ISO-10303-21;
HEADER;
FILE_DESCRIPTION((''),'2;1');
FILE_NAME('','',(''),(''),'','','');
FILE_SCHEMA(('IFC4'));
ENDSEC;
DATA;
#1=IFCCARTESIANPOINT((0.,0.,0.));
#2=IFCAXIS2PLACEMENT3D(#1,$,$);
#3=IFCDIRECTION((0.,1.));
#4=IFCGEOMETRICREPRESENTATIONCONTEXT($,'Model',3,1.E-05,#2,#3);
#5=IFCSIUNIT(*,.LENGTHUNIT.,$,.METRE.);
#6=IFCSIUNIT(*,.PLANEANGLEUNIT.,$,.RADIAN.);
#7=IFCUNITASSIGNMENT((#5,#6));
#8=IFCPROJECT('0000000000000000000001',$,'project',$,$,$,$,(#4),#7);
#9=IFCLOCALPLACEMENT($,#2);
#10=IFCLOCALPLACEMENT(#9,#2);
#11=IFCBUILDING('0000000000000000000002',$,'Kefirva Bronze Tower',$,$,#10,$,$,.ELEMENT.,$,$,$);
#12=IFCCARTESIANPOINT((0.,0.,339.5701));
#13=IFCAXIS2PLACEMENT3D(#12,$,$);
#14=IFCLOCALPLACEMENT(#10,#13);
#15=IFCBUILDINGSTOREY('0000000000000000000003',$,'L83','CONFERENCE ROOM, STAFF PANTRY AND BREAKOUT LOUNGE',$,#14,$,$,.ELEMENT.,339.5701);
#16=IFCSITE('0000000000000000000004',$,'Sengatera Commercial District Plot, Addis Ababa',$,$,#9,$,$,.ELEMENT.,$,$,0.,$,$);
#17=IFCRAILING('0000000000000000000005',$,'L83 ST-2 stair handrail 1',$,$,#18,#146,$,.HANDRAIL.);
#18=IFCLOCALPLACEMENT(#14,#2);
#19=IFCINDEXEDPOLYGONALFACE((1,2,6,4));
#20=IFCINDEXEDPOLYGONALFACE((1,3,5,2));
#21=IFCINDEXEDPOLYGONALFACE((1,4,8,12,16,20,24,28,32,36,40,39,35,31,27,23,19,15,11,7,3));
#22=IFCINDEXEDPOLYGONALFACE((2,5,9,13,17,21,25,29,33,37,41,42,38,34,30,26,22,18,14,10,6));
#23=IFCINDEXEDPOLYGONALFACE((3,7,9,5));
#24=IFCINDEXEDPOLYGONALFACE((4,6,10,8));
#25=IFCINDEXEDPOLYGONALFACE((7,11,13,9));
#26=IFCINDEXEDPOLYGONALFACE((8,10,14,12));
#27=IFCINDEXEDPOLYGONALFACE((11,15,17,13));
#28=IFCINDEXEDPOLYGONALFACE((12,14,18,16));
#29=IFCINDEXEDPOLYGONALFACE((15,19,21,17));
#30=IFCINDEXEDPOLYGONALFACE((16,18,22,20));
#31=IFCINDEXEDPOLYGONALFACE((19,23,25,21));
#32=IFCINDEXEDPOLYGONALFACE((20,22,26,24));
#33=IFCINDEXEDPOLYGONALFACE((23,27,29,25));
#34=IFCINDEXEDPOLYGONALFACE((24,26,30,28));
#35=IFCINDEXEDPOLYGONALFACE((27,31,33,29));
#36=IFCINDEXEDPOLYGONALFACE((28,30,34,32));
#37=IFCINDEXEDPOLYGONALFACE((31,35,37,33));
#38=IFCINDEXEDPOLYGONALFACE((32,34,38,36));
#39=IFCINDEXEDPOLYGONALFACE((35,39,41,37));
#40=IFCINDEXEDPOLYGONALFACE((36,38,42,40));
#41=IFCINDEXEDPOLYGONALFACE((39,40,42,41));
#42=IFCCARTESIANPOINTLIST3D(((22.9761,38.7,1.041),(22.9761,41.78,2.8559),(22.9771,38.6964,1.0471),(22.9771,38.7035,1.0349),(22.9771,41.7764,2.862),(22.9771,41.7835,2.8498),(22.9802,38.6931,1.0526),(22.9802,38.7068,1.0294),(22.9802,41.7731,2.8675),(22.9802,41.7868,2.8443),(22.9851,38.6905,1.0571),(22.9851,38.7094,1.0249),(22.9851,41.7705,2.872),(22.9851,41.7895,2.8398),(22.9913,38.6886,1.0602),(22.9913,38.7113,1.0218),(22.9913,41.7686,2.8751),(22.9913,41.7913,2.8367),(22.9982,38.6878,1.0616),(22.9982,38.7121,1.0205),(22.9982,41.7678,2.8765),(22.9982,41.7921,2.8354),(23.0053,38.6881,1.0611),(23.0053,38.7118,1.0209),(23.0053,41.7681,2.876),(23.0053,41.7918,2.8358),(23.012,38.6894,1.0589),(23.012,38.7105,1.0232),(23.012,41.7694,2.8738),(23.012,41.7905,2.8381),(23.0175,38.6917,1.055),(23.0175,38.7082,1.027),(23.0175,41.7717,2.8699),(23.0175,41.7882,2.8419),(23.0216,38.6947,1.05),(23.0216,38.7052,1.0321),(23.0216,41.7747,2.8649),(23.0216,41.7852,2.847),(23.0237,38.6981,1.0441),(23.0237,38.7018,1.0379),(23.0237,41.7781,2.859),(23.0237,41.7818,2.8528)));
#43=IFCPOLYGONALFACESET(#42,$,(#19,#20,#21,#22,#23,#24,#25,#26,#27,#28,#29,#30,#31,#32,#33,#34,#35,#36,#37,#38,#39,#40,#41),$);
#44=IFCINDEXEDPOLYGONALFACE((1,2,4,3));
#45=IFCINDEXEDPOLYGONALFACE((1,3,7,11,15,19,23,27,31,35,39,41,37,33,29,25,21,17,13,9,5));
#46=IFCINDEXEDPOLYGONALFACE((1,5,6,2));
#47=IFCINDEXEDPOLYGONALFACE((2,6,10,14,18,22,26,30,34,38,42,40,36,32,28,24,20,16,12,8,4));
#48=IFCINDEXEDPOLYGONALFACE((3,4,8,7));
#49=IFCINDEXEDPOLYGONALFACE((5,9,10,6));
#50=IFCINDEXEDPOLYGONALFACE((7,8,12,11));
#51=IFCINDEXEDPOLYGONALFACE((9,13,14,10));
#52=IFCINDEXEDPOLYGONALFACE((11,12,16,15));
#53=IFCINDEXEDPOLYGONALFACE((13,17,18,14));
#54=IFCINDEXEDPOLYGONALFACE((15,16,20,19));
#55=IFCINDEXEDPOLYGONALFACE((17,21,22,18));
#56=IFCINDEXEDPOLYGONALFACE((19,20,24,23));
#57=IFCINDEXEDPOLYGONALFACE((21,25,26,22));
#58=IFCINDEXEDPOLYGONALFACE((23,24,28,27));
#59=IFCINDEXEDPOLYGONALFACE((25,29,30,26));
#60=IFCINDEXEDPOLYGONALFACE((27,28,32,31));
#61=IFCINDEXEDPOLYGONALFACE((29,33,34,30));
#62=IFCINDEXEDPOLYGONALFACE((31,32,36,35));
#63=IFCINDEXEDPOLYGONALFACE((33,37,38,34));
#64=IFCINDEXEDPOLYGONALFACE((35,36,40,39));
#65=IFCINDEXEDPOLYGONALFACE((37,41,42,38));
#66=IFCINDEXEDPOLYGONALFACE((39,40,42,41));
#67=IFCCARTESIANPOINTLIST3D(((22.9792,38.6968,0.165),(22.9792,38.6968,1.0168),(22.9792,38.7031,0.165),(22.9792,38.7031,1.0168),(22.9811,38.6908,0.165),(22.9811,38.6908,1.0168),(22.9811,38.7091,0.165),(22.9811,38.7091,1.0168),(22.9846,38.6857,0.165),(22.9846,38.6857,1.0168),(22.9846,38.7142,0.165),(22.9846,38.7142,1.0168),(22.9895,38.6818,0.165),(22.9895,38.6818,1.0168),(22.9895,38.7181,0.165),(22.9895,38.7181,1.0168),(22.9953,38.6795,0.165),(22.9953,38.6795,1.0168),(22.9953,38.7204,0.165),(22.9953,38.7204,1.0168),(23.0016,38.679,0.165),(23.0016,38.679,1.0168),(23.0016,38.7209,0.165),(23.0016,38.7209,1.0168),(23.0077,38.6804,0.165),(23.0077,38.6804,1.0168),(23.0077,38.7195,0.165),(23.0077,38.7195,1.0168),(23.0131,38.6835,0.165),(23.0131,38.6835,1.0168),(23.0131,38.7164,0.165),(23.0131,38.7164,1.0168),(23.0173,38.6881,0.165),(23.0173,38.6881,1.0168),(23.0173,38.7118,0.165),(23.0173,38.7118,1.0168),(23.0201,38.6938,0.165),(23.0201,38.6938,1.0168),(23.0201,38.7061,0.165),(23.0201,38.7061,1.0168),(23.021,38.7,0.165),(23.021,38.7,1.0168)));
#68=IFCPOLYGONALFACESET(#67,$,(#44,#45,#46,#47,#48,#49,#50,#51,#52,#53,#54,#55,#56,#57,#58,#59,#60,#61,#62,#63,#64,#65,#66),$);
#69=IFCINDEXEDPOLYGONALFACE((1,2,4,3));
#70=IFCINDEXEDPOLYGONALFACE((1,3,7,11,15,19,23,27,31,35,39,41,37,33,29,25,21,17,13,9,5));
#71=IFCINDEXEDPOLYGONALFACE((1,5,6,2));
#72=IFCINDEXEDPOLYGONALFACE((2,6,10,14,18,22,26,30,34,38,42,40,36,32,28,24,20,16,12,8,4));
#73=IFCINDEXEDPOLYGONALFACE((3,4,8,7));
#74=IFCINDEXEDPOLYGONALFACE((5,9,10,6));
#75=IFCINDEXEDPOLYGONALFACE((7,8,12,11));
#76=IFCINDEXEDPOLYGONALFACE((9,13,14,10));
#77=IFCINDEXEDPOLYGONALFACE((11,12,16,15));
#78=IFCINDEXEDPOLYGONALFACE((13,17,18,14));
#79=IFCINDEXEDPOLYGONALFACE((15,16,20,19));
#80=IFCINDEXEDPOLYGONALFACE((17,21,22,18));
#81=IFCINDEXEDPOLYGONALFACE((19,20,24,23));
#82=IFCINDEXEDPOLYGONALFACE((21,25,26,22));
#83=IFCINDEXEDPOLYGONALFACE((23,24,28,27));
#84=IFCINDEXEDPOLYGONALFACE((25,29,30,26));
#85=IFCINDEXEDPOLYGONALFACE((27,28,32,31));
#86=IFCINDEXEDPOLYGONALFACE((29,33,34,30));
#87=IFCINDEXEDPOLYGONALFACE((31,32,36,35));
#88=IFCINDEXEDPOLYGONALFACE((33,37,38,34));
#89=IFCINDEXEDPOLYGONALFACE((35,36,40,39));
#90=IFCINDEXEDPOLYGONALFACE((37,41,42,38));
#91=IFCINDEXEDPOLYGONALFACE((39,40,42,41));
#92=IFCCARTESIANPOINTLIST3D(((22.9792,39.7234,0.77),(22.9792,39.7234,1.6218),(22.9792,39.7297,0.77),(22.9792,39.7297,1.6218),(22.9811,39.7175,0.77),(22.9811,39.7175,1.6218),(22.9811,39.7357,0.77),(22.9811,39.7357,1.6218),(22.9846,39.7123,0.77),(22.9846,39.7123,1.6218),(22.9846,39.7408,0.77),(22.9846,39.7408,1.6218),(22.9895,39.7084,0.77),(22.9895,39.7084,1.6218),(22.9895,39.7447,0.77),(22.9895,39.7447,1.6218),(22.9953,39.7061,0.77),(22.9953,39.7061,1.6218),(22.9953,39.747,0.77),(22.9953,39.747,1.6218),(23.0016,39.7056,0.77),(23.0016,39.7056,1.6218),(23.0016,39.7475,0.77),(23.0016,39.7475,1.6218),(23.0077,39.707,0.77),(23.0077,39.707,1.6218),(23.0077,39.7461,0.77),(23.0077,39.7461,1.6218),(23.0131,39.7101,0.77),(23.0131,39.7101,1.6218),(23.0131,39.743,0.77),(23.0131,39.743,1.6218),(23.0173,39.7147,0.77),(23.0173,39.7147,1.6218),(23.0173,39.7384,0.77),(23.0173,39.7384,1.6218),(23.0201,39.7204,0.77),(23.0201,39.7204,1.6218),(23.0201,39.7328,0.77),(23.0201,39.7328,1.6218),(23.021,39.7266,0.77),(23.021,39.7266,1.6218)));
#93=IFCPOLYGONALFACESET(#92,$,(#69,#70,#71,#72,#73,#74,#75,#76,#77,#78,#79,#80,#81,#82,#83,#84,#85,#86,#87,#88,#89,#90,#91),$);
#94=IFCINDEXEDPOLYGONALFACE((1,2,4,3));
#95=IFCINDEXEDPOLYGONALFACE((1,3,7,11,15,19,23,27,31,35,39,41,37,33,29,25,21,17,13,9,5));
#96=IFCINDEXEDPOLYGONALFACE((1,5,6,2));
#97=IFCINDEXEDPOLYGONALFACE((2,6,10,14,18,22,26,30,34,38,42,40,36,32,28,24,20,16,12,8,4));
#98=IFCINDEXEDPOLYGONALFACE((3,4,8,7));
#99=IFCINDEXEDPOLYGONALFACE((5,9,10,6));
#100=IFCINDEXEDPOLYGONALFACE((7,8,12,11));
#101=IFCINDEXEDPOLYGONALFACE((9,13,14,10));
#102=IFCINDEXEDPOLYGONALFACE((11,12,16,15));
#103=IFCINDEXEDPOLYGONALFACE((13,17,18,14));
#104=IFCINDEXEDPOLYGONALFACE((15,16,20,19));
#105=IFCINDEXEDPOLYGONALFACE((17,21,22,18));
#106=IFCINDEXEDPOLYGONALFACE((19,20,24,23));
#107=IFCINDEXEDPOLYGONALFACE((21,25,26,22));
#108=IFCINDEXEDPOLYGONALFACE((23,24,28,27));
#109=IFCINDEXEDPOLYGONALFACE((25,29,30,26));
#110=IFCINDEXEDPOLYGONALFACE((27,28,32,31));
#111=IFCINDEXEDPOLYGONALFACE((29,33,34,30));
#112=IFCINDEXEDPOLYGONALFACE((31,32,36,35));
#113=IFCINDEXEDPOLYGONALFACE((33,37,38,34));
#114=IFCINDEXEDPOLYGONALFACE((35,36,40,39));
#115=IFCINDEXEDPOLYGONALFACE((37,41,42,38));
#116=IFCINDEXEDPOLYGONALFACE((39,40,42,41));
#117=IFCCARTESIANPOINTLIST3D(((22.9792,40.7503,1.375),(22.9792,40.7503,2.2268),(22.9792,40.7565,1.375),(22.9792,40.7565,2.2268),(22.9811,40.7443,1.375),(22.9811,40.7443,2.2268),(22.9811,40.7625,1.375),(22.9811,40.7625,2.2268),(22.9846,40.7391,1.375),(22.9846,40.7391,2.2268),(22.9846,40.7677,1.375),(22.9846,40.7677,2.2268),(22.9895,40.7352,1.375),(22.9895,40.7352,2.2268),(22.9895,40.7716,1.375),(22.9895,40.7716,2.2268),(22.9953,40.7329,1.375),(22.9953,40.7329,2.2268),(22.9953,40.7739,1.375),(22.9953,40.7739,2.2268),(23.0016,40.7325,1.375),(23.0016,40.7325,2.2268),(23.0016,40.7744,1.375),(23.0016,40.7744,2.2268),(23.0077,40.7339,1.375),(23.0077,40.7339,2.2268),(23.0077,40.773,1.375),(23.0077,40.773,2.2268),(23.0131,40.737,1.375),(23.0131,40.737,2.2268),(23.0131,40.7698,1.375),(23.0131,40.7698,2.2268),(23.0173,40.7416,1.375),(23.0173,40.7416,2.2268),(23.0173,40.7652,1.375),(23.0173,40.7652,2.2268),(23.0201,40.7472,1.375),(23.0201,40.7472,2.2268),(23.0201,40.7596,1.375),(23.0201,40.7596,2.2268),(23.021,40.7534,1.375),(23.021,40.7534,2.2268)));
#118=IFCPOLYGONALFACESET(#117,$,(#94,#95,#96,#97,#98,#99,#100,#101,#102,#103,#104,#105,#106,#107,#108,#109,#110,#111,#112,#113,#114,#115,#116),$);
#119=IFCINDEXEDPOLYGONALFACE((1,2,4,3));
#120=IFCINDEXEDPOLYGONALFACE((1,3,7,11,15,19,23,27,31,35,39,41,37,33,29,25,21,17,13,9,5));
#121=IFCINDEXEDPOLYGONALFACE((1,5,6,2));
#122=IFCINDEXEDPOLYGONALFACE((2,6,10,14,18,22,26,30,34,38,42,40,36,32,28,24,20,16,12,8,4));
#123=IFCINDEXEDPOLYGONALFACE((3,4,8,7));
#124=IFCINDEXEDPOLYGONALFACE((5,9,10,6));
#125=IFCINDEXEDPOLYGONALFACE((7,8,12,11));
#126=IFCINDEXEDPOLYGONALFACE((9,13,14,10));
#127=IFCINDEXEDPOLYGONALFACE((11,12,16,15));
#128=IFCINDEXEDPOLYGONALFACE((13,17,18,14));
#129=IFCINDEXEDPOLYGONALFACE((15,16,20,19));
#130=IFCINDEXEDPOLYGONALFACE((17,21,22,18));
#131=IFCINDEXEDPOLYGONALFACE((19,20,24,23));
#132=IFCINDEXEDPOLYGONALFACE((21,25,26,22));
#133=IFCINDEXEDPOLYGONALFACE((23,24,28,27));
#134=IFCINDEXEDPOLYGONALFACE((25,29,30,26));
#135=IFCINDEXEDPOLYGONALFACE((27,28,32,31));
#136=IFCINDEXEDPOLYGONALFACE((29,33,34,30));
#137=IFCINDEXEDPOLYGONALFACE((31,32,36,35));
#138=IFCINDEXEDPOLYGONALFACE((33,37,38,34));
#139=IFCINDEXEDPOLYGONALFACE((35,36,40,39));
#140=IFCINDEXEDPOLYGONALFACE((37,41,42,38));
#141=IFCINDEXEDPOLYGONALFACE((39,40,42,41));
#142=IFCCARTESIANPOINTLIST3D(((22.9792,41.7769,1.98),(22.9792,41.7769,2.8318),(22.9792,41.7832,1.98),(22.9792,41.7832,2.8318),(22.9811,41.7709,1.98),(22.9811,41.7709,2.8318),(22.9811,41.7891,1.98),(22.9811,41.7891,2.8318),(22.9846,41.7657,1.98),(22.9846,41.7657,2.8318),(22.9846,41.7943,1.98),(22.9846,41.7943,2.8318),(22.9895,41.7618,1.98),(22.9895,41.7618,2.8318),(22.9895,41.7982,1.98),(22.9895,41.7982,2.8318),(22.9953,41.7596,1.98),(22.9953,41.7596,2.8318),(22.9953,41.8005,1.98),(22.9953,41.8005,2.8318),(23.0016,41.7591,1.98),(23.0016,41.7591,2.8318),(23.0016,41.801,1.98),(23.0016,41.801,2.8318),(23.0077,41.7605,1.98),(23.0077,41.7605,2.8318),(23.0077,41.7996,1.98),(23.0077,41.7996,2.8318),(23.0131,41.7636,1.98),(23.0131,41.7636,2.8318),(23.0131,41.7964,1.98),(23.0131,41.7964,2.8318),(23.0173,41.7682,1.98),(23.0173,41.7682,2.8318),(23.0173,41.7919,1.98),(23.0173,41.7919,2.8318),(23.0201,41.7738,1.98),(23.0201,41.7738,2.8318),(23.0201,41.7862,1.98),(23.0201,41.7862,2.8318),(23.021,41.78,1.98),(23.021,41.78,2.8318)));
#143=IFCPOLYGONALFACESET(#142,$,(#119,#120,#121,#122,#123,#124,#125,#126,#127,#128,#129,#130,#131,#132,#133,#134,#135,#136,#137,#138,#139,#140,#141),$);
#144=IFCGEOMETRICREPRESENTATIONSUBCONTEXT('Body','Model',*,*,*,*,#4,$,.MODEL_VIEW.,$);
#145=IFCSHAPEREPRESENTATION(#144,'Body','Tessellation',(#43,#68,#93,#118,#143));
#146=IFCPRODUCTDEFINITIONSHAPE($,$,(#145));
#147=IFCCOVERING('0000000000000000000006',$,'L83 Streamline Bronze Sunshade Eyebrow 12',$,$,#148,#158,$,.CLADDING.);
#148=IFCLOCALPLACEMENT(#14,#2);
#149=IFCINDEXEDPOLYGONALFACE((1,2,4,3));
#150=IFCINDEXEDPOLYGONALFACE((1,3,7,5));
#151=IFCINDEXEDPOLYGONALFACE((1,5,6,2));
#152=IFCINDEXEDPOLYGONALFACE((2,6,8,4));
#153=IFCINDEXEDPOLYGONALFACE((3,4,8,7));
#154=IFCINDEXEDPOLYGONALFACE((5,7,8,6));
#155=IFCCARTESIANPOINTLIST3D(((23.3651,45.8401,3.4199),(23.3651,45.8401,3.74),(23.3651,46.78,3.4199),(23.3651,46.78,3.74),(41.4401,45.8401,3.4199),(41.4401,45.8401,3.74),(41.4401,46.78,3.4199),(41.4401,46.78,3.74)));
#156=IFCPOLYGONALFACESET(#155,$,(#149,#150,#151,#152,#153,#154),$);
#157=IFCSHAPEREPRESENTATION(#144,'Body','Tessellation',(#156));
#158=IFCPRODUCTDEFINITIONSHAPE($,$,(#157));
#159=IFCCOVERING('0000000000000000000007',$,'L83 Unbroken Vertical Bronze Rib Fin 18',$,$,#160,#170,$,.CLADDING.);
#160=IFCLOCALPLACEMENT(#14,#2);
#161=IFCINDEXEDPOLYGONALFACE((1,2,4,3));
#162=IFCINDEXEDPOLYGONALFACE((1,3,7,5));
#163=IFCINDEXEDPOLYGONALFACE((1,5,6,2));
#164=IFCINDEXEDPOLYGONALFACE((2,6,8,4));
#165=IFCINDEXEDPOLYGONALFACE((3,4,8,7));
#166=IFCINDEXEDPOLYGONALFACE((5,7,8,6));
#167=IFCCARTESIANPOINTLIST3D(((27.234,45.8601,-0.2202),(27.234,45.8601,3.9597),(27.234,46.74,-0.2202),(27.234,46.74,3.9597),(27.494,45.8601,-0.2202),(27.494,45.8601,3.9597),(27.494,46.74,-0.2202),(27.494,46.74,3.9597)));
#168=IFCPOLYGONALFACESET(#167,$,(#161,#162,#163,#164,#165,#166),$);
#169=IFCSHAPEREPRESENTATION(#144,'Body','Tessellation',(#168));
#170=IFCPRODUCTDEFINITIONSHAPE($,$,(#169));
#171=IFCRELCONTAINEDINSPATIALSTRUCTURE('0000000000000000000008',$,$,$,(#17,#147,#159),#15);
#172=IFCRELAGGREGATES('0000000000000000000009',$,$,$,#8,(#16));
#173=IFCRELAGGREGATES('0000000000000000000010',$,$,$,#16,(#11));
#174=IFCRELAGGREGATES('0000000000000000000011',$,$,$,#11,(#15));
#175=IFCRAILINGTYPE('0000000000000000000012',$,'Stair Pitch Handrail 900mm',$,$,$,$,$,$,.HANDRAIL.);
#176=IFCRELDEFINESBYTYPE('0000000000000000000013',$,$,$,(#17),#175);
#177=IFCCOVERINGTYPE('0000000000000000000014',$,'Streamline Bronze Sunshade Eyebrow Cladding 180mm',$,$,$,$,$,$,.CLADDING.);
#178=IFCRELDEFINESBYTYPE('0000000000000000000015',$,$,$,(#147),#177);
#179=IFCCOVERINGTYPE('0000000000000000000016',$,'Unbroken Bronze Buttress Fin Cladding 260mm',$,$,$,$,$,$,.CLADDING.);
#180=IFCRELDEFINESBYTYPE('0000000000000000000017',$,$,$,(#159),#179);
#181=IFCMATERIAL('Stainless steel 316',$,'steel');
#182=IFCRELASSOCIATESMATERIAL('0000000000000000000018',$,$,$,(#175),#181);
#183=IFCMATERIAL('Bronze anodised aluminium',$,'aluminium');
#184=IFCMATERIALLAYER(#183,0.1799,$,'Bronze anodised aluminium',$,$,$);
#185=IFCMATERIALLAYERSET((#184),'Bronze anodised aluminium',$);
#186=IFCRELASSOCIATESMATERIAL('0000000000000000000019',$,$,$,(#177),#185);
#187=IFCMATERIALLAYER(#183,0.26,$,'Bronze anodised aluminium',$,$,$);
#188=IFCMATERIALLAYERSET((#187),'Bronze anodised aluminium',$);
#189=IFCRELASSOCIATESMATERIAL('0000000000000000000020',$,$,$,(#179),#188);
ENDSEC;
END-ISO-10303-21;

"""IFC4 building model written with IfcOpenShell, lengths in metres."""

from ifc_helpers import new_model, si_unit, direction, frame, origin, origin_2d, place, context, subcontext, project, spatial, rectangle, circle, extrude, material, layer, layer_set, type_object, element, save


model = new_model("IFC4")

# Units and contexts
model_context = context("Model", 3, precision=1e-05, world=origin(), true_north=direction((0.0, 1.0)))
body_context = subcontext(model_context, "Body", "Model", "MODEL_VIEW")
ifc_project = project(units=[si_unit("LENGTHUNIT", "METRE"), si_unit("PLANEANGLEUNIT", "RADIAN")], contexts=[model_context])

# Site, building, storey
site_placement = place(None, origin())
site = spatial("IfcSite", under=ifc_project, at=site_placement, Name="Sengatera Commercial District Plot, Addis Ababa", CompositionType="ELEMENT", RefElevation=0.0)
building_placement = place(site_placement, origin())
building = spatial("IfcBuilding", under=site, at=building_placement, Name="Kefirva Bronze Tower", CompositionType="ELEMENT")
storey_placement = place(building_placement, frame((0.0, 0.0, 339.5701)))
storey = spatial("IfcBuildingStorey", under=building, at=storey_placement, Name="L83", Description="CONFERENCE ROOM, STAFF PANTRY AND BREAKOUT LOUNGE", CompositionType="ELEMENT", Elevation=339.5701)

# Shared definitions
ifc_material_1 = material(Name="Bronze anodised aluminium", Category="aluminium")

# Railing
ifc_material_2 = material(Name="Stainless steel 316", Category="steel")
railing_type_1 = type_object("IfcRailingType", Name="Stair Pitch Handrail 900mm", PredefinedType="HANDRAIL", material=ifc_material_2)
railing_1_placement = place(storey_placement, frame((23.0, 38.7, 0.165)))
element("IfcRailing", 1, at=railing_1_placement, inside=storey, type_object=railing_type_1, Name="L83 ST-2 stair handrail 1", PredefinedType="HANDRAIL", context=body_context, shape_type="SweptSolid", body=[
    extrude(circle(Radius=0.0239, at=origin_2d()), frame((0.0, 0.0, 0.876), z_axis=(0.0, 0.861551, 0.507671), x_axis=(-1.0, 0.0, 0.0)), (0.0, 0.0, 1.0), 3.575),
    extrude(circle(Radius=0.021, at=origin_2d()), origin(), (0.0, 0.0, 1.0), 0.8518),
    extrude(circle(Radius=0.021, at=origin_2d()), frame((0.0, 1.0266, 0.605)), (0.0, 0.0, 1.0), 0.8518),
    extrude(circle(Radius=0.021, at=origin_2d()), frame((0.0, 2.0535, 1.21)), (0.0, 0.0, 1.0), 0.8518),
    extrude(circle(Radius=0.021, at=origin_2d()), frame((0.0, 3.0801, 1.8149)), (0.0, 0.0, 1.0), 0.8518),
])

# Coverings
ifc_layer_1 = layer(ifc_material_1, 0.1799, Name="Bronze anodised aluminium")
ifc_layer_set_1 = layer_set([ifc_layer_1], Name="Bronze anodised aluminium")
covering_type_1 = type_object("IfcCoveringType", Name="Streamline Bronze Sunshade Eyebrow Cladding 180mm", PredefinedType="CLADDING", material=ifc_layer_set_1)
covering_1_placement = place(storey_placement, frame((32.4026, 46.3101, 3.4199), z_axis=(0.0, 0.0, 1.0), x_axis=(-1.0, 0.0, 0.0)))
element("IfcCovering", 2, at=covering_1_placement, inside=storey, type_object=covering_type_1, Name="L83 Streamline Bronze Sunshade Eyebrow 12", PredefinedType="CLADDING", context=body_context, shape_type="SweptSolid", body=[
    extrude(rectangle(XDim=18.075, YDim=0.9399, at=origin_2d()), origin(), (0.0, 0.0, 1.0), 0.3201),
])
ifc_layer_2 = layer(ifc_material_1, 0.26, Name="Bronze anodised aluminium")
ifc_layer_set_2 = layer_set([ifc_layer_2], Name="Bronze anodised aluminium")
covering_type_2 = type_object("IfcCoveringType", Name="Unbroken Bronze Buttress Fin Cladding 260mm", PredefinedType="CLADDING", material=ifc_layer_set_2)
covering_2_placement = place(storey_placement, frame((27.364, 46.3, -0.2202), z_axis=(0.0, 0.0, 1.0), x_axis=(-1.0, 0.0, 0.0)))
element("IfcCovering", 3, at=covering_2_placement, inside=storey, type_object=covering_type_2, Name="L83 Unbroken Vertical Bronze Rib Fin 18", PredefinedType="CLADDING", context=body_context, shape_type="SweptSolid", body=[
    extrude(rectangle(XDim=0.26, YDim=0.8799, at=origin_2d()), origin(), (0.0, 0.0, 1.0), 4.1799),
])

save(model, "model.ifc")
